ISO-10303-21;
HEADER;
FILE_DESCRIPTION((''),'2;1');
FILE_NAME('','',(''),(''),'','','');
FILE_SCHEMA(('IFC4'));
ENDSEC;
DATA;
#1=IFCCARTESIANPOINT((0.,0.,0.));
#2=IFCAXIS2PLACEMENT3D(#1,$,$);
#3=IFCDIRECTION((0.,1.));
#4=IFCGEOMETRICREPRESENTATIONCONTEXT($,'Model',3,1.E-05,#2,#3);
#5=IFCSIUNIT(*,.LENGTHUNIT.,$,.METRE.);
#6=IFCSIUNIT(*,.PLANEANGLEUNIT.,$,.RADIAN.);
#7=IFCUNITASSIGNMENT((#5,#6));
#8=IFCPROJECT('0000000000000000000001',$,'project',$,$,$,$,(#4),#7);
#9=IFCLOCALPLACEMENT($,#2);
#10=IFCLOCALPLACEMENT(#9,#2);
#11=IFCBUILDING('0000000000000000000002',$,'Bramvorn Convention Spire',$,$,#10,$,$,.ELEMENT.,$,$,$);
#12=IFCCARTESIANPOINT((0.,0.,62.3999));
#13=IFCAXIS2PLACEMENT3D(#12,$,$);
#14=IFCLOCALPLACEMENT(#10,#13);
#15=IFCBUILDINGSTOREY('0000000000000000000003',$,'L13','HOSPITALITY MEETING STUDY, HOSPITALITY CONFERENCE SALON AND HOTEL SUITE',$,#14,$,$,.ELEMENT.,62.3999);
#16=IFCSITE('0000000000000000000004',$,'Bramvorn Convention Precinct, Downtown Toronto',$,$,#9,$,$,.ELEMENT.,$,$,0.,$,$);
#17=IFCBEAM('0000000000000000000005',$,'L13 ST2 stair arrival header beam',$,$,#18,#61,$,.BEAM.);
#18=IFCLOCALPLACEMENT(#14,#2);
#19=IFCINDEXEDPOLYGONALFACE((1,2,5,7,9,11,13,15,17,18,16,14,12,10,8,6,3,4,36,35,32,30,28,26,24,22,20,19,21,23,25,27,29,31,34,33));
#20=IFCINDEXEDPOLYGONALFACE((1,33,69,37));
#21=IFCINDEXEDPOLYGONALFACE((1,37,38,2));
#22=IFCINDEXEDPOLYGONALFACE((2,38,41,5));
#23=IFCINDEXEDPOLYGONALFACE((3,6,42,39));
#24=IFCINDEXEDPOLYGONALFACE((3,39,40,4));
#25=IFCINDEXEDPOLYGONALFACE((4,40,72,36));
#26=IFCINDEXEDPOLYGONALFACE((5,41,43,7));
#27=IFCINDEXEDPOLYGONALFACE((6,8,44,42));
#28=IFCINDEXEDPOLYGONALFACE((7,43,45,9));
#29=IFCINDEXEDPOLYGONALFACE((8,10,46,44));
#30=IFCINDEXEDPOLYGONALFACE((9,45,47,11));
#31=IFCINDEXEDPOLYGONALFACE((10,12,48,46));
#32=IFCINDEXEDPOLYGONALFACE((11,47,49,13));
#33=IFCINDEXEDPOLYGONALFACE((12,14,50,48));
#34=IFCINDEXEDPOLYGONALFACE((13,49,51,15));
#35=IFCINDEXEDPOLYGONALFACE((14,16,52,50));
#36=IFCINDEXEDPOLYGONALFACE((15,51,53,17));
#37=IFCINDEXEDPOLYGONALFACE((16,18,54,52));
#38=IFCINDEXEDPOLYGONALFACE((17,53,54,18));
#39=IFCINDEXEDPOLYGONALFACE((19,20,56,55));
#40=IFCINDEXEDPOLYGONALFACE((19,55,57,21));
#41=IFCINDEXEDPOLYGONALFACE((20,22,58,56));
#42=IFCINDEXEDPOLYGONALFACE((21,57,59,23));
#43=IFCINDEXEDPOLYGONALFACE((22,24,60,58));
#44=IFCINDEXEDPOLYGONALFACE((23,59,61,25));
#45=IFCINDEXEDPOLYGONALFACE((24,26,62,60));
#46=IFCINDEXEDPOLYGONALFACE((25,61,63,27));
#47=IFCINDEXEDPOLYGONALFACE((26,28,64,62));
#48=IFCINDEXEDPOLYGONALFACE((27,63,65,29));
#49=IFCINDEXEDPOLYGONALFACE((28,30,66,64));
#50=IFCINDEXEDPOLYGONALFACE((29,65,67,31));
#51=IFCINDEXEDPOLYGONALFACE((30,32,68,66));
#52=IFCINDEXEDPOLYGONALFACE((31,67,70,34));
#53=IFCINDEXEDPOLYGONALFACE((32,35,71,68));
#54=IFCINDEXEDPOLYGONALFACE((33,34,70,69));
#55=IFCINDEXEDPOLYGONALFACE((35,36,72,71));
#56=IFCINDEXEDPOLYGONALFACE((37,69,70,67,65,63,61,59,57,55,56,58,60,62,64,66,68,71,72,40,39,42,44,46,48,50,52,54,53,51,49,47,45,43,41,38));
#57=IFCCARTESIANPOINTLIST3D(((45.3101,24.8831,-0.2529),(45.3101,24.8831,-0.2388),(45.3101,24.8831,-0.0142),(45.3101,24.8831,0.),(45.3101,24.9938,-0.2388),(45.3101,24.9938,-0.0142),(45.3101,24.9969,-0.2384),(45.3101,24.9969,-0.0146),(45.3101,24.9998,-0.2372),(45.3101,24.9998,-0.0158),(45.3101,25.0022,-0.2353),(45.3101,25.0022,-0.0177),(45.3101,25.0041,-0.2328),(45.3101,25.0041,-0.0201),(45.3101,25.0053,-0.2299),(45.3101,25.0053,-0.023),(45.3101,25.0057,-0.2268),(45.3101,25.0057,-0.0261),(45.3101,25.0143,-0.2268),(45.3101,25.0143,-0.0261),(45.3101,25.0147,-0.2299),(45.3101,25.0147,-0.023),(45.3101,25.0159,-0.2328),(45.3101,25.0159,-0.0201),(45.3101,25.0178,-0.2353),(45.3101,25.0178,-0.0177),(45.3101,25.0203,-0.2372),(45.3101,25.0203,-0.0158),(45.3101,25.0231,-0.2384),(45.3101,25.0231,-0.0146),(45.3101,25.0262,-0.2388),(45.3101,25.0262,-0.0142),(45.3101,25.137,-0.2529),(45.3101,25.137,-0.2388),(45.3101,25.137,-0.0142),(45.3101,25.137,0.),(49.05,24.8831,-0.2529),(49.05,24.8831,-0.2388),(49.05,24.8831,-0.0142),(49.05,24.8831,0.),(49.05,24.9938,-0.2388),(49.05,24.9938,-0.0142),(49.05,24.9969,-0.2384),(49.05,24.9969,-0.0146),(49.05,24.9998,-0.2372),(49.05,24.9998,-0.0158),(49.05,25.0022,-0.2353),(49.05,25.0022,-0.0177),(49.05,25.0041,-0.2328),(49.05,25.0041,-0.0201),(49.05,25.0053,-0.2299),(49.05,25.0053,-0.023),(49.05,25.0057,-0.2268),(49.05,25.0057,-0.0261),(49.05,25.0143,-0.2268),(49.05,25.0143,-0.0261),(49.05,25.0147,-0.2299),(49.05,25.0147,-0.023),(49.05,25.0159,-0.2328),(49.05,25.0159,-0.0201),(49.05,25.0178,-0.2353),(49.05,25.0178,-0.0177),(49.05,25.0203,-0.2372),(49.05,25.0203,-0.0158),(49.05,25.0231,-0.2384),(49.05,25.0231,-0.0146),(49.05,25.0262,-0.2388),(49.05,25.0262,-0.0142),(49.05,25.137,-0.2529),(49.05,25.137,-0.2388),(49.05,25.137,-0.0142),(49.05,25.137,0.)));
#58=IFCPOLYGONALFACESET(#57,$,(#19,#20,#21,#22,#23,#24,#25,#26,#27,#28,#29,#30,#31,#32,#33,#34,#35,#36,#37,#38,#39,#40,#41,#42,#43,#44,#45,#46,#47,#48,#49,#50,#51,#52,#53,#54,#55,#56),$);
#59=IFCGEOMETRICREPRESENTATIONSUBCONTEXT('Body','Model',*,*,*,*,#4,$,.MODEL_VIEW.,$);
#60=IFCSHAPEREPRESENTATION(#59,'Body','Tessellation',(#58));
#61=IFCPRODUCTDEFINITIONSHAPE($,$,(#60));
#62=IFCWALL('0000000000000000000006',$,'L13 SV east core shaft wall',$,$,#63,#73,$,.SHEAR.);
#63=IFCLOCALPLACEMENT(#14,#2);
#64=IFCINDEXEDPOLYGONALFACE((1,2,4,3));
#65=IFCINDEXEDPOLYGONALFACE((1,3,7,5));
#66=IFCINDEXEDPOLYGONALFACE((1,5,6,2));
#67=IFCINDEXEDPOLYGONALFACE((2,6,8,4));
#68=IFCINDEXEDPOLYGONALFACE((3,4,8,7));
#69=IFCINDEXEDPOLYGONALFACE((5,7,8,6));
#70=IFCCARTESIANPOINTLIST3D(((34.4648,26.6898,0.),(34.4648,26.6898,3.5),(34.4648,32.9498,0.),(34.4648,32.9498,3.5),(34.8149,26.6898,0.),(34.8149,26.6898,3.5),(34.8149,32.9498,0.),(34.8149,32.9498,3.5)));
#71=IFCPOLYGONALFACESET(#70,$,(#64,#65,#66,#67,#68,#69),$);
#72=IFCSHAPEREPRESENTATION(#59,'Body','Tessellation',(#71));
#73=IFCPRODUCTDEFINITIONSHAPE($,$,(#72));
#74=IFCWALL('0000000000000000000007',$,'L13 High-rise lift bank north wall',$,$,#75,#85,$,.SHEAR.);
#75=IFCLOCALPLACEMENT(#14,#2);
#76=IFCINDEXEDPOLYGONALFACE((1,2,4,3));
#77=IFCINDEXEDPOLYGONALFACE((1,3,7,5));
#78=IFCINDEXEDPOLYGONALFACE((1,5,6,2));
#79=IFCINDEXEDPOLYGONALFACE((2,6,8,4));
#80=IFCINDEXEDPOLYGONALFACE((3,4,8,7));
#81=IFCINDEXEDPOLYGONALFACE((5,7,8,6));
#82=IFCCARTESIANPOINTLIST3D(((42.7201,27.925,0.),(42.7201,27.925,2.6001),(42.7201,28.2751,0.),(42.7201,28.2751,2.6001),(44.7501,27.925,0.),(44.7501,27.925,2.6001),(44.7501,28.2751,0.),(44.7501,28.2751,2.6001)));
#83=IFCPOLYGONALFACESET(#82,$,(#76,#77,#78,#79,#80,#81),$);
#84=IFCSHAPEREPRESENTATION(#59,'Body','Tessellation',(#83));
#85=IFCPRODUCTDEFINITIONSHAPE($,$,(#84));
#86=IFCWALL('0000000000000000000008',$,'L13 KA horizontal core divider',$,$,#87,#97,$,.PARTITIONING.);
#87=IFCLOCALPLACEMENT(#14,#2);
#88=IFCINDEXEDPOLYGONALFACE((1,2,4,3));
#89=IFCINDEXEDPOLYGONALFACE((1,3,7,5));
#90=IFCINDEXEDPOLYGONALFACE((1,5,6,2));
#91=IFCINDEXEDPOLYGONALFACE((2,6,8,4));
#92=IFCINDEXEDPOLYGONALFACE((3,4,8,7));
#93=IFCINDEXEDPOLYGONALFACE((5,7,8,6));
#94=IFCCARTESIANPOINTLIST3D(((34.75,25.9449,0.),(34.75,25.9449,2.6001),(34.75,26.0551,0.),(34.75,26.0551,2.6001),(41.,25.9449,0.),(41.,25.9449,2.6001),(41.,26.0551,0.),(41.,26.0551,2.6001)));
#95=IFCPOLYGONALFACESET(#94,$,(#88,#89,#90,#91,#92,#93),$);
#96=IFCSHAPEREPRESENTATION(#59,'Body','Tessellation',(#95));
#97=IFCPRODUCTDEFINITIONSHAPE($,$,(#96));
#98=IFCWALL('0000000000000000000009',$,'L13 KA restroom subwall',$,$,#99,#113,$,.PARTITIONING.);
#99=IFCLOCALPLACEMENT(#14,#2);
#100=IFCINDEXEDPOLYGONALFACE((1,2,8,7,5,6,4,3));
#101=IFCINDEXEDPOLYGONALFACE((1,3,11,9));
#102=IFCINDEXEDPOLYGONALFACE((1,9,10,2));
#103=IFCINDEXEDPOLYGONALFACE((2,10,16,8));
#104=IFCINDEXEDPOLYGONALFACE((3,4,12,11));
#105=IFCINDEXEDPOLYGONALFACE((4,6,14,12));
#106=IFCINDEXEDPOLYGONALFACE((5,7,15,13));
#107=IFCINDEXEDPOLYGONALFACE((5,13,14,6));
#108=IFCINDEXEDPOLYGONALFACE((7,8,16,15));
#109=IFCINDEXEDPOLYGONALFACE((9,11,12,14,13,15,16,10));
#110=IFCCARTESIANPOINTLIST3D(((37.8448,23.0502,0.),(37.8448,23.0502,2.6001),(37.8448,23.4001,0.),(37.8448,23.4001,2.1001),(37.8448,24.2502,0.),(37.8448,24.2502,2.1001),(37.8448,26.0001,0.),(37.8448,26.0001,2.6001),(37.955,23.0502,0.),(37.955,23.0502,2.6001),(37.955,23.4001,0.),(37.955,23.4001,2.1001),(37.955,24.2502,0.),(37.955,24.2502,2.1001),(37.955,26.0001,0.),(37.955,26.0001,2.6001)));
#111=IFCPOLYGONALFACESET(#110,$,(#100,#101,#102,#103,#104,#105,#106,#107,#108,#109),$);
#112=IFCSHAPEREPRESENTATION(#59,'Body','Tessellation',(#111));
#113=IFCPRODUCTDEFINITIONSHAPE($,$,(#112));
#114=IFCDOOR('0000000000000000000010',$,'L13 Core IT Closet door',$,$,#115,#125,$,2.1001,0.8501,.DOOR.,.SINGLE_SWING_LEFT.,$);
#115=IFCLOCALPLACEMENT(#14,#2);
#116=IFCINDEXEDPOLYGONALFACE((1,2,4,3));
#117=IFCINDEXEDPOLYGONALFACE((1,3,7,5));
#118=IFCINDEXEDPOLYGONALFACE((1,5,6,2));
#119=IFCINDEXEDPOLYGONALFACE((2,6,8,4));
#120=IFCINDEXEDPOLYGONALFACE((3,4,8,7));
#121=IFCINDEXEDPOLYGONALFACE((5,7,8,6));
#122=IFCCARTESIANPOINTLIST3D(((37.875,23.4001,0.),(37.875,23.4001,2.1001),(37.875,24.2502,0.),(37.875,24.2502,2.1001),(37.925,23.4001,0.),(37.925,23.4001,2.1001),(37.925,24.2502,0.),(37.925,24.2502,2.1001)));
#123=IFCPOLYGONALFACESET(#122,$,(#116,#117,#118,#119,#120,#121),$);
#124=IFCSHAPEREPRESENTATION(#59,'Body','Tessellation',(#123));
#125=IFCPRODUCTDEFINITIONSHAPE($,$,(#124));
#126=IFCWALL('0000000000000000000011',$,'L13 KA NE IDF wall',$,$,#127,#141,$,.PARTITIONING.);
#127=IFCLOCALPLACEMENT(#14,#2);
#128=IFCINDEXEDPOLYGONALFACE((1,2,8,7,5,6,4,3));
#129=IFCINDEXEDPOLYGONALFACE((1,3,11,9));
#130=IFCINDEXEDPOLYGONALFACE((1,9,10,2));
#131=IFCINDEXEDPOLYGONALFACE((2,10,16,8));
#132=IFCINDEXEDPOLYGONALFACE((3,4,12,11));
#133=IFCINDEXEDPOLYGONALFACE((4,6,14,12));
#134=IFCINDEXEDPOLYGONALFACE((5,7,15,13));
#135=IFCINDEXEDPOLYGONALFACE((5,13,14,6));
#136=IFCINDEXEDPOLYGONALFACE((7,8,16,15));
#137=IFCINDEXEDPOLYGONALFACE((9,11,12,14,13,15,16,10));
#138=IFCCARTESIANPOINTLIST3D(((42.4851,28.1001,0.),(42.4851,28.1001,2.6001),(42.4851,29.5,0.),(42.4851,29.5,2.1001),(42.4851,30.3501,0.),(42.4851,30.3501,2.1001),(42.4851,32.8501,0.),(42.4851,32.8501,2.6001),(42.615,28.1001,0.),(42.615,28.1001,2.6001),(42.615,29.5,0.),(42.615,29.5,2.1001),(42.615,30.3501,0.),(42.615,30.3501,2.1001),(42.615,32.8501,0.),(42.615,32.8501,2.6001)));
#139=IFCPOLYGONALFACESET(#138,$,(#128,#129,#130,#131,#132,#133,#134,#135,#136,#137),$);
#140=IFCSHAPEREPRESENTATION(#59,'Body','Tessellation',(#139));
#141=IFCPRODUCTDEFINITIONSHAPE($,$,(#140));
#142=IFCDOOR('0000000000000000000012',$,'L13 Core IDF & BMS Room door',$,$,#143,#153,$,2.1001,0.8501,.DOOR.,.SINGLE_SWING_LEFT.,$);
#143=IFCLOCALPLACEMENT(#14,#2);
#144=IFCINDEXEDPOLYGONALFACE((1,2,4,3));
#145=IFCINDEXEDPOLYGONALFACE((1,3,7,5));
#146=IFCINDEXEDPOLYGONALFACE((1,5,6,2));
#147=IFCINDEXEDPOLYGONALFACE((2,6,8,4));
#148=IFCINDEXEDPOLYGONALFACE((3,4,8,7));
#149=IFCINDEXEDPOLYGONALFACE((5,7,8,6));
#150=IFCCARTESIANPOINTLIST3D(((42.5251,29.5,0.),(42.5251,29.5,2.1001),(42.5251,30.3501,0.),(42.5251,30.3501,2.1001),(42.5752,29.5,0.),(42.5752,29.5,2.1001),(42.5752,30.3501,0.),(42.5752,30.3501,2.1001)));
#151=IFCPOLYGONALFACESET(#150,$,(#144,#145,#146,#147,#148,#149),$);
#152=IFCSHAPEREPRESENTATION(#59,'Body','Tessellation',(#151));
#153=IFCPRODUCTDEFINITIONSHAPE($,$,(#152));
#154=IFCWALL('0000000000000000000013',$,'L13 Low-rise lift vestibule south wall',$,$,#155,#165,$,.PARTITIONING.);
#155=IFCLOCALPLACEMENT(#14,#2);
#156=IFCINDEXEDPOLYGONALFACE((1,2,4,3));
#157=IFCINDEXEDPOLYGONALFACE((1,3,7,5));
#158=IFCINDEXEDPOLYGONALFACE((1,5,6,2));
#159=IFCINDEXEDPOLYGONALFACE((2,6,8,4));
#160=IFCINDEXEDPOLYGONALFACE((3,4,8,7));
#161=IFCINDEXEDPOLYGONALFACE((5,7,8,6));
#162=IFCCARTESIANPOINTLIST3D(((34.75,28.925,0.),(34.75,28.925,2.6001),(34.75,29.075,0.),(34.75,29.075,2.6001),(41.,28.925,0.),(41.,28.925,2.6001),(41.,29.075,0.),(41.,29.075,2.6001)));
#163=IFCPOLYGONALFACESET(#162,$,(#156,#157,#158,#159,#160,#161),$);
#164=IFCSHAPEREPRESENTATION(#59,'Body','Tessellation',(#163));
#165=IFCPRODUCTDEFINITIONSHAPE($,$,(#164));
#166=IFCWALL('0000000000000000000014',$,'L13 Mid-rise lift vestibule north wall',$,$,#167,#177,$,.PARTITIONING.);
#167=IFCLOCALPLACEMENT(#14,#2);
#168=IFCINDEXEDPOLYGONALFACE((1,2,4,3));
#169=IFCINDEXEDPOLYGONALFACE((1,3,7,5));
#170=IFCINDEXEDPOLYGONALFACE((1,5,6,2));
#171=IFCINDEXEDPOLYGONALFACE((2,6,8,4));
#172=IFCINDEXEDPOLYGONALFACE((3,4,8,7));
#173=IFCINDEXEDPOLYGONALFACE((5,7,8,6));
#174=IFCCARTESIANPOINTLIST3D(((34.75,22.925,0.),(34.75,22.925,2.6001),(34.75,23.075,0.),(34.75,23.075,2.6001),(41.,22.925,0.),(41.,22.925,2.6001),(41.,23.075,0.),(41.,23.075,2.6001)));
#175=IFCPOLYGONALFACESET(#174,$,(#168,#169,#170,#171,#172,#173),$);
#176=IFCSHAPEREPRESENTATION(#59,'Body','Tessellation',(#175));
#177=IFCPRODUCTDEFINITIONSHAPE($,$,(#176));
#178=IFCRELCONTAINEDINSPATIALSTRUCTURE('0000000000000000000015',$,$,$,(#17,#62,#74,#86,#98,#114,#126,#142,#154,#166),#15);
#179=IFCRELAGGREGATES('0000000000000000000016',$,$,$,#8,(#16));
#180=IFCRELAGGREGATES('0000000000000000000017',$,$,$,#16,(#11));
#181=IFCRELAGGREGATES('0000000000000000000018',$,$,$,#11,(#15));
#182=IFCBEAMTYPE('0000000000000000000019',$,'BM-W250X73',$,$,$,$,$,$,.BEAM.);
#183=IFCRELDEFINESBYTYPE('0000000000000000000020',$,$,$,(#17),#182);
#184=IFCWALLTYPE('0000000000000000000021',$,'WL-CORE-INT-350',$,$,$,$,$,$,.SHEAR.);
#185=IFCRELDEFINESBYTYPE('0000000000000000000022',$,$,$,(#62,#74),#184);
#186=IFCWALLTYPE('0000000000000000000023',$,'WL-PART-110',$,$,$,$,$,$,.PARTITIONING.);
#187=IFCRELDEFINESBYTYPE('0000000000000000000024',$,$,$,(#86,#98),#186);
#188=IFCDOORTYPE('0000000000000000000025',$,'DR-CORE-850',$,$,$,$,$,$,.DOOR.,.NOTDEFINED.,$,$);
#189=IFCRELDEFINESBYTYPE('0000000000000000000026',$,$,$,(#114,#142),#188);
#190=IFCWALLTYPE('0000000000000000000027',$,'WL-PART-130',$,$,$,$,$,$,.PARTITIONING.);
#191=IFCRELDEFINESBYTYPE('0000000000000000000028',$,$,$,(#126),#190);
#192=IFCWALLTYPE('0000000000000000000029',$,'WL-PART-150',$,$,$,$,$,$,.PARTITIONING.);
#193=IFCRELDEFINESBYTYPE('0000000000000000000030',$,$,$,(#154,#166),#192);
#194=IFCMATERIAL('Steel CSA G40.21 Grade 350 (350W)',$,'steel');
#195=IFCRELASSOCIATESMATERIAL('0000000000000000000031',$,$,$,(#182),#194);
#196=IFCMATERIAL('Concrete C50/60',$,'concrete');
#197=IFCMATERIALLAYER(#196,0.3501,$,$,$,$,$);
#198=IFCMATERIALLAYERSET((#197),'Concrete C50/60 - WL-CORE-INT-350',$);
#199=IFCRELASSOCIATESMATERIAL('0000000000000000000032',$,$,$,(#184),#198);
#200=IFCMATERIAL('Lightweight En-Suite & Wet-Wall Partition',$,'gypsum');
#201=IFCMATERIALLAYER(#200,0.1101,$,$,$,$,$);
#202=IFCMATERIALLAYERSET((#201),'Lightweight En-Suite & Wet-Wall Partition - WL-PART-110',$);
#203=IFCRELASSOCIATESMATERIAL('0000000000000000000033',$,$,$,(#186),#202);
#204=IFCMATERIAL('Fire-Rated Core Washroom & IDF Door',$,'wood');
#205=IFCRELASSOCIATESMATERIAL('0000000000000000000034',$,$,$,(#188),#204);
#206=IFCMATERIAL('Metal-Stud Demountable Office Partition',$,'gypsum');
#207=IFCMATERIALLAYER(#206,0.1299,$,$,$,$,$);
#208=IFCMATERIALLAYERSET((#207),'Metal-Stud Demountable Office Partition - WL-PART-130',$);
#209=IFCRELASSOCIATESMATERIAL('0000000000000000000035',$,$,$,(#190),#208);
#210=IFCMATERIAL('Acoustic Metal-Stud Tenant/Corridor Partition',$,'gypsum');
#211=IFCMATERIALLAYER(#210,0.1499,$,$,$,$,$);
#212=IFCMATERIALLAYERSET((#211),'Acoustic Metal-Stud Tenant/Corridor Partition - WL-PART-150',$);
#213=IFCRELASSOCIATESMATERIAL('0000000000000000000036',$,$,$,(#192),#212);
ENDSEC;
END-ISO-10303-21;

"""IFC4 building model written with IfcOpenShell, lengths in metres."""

from ifc_helpers import new_model, si_unit, direction, frame, frame_2d, origin, origin_2d, place, context, subcontext, project, spatial, rectangle, i_section, extrude, material, layer, layer_set, material_profile, profile_set, type_object, element, fill, save


model = new_model("IFC4")

# Units and contexts
model_context = context("Model", 3, precision=1e-05, world=origin(), true_north=direction((0.0, 1.0)))
body_context = subcontext(model_context, "Body", "Model", "MODEL_VIEW")
ifc_project = project(units=[si_unit("LENGTHUNIT", "METRE"), si_unit("PLANEANGLEUNIT", "RADIAN")], contexts=[model_context])

# Site, building, storey
site_placement = place(None, origin())
site = spatial("IfcSite", under=ifc_project, at=site_placement, Name="Bramvorn Convention Precinct, Downtown Toronto", CompositionType="ELEMENT", RefElevation=0.0)
building_placement = place(site_placement, origin())
building = spatial("IfcBuilding", under=site, at=building_placement, Name="Bramvorn Convention Spire", CompositionType="ELEMENT")
storey_placement = place(building_placement, frame((0.0, 0.0, 62.3999)))
storey = spatial("IfcBuildingStorey", under=building, at=storey_placement, Name="L13", Description="HOSPITALITY MEETING STUDY, HOSPITALITY CONFERENCE SALON AND HOTEL SUITE", CompositionType="ELEMENT", Elevation=62.3999)

# Beam
ifc_material_1 = material(Name="Steel CSA G40.21 Grade 350 (350W)", Category="steel")
ifc_material_profile = material_profile(ifc_material_1, i_section(OverallWidth=0.2539, OverallDepth=0.2529, WebThickness=0.0085, FlangeThickness=0.0142, FilletRadius=0.012, at=origin_2d()))
ifc_profile_set = profile_set([ifc_material_profile], Name="Steel CSA G40.21 Grade 350 (350W) - W250X73")
beam_type = type_object("IfcBeamType", Name="BM-W250X73", PredefinedType="BEAM", material=ifc_profile_set)
beam_placement = place(storey_placement, frame((45.3101, 25.01, -0.1265), z_axis=(1.0, 0.0, 0.0), x_axis=(0.0, 1.0, 0.0)))
element("IfcBeam", 1, at=beam_placement, inside=storey, type_object=beam_type, Name="L13 ST2 stair arrival header beam", PredefinedType="BEAM", context=body_context, shape_type="SweptSolid", body=[
    extrude(i_section(OverallWidth=0.2539, OverallDepth=0.2529, WebThickness=0.0085, FlangeThickness=0.0142, FilletRadius=0.012, at=origin_2d()), origin(), (0.0, 0.0, 1.0), 3.74),
])

# Walls
ifc_material_2 = material(Name="Concrete C50/60", Category="concrete")
ifc_layer_1 = layer(ifc_material_2, 0.3501)
ifc_layer_set_1 = layer_set([ifc_layer_1], Name="Concrete C50/60 - WL-CORE-INT-350")
wall_type_1 = type_object("IfcWallType", Name="WL-CORE-INT-350", PredefinedType="SHEAR", material=ifc_layer_set_1)
wall_1_placement = place(storey_placement, frame((34.6399, 26.6899, 0.0), z_axis=(0.0, 0.0, 1.0), x_axis=(0.0, 1.0, 0.0)))
element("IfcWall", 2, at=wall_1_placement, inside=storey, type_object=wall_type_1, Name="L13 SV east core shaft wall", PredefinedType="SHEAR", context=body_context, shape_type="SweptSolid", body=[
    extrude(rectangle(XDim=6.26, YDim=0.3501, at=frame_2d((3.1299, 0.0))), origin(), (0.0, 0.0, 1.0), 3.5),
])
wall_2_placement = place(storey_placement, frame((42.72, 28.1001, 0.0), z_axis=(0.0, 0.0, 1.0), x_axis=(1.0, 0.0, 0.0)))
element("IfcWall", 3, at=wall_2_placement, inside=storey, type_object=wall_type_1, Name="L13 High-rise lift bank north wall", PredefinedType="SHEAR", context=body_context, shape_type="SweptSolid", body=[
    extrude(rectangle(XDim=2.03, YDim=0.3501, at=frame_2d((1.0151, 0.0))), origin(), (0.0, 0.0, 1.0), 2.6001),
])
ifc_material_3 = material(Name="Lightweight En-Suite & Wet-Wall Partition", Category="gypsum")
ifc_layer_2 = layer(ifc_material_3, 0.1101)
ifc_layer_set_2 = layer_set([ifc_layer_2], Name="Lightweight En-Suite & Wet-Wall Partition - WL-PART-110")
wall_type_2 = type_object("IfcWallType", Name="WL-PART-110", PredefinedType="PARTITIONING", material=ifc_layer_set_2)
wall_3_placement = place(storey_placement, frame((34.75, 26.0, 0.0), z_axis=(0.0, 0.0, 1.0), x_axis=(1.0, 0.0, 0.0)))
element("IfcWall", 4, at=wall_3_placement, inside=storey, type_object=wall_type_2, Name="L13 KA horizontal core divider", PredefinedType="PARTITIONING", context=body_context, shape_type="SweptSolid", body=[
    extrude(rectangle(XDim=6.25, YDim=0.1101, at=frame_2d((3.125, 0.0))), origin(), (0.0, 0.0, 1.0), 2.6001),
])

# Walls, openings, doors
wall_4_placement = place(storey_placement, frame((37.8999, 23.05, 0.0), z_axis=(0.0, 0.0, 1.0), x_axis=(0.0, 1.0, 0.0)))
wall_4 = element("IfcWall", 5, at=wall_4_placement, inside=storey, type_object=wall_type_2, Name="L13 KA restroom subwall", PredefinedType="PARTITIONING", context=body_context, shape_type="SweptSolid", body=[
    extrude(rectangle(XDim=2.95, YDim=0.1101, at=frame_2d((1.4751, 0.0))), origin(), (0.0, 0.0, 1.0), 2.6001),
])
opening_1_placement = place(wall_4_placement, frame((0.3501, 0.0, 0.0)))
opening_1 = element("IfcOpeningElement", 6, at=opening_1_placement, cuts=wall_4, PredefinedType="OPENING", context=body_context, shape_type="SweptSolid", body=[
    extrude(rectangle(XDim=0.8501, YDim=2.1001, at=frame_2d((0.425, 1.05))), frame((0.0, 0.0649, 0.0), z_axis=(0.0, -1.0, 0.0), x_axis=(1.0, 0.0, 0.0)), (0.0, 0.0, 1.0), 0.1301),
])
ifc_material_4 = material(Name="Fire-Rated Core Washroom & IDF Door", Category="wood")
door_type_1 = type_object("IfcDoorType", Name="DR-CORE-850", OperationType="NOTDEFINED", PredefinedType="DOOR", material=ifc_material_4)
door_1_placement = place(opening_1_placement, origin())
door_1 = element("IfcDoor", 7, at=door_1_placement, inside=storey, type_object=door_type_1, Name="L13 Core IT Closet door", OperationType="SINGLE_SWING_LEFT", OverallHeight=2.1001, OverallWidth=0.8501, PredefinedType="DOOR", context=body_context, shape_type="SweptSolid", body=[
    extrude(rectangle(XDim=0.8501, YDim=2.1001, at=frame_2d((0.425, 1.05))), frame((0.0, 0.0249, 0.0), z_axis=(0.0, -1.0, 0.0), x_axis=(1.0, 0.0, 0.0)), (0.0, 0.0, 1.0), 0.05),
])
fill(opening_1, door_1)
ifc_material_5 = material(Name="Metal-Stud Demountable Office Partition", Category="gypsum")
ifc_layer_3 = layer(ifc_material_5, 0.1299)
ifc_layer_set_3 = layer_set([ifc_layer_3], Name="Metal-Stud Demountable Office Partition - WL-PART-130")
wall_type_3 = type_object("IfcWallType", Name="WL-PART-130", PredefinedType="PARTITIONING", material=ifc_layer_set_3)
wall_5_placement = place(storey_placement, frame((42.55, 28.1001, 0.0), z_axis=(0.0, 0.0, 1.0), x_axis=(0.0, 1.0, 0.0)))
wall_5 = element("IfcWall", 8, at=wall_5_placement, inside=storey, type_object=wall_type_3, Name="L13 KA NE IDF wall", PredefinedType="PARTITIONING", context=body_context, shape_type="SweptSolid", body=[
    extrude(rectangle(XDim=4.75, YDim=0.1299, at=frame_2d((2.375, 0.0))), origin(), (0.0, 0.0, 1.0), 2.6001),
])
opening_2_placement = place(wall_5_placement, frame((1.3999, 0.0, 0.0)))
opening_2 = element("IfcOpeningElement", 9, at=opening_2_placement, cuts=wall_5, PredefinedType="OPENING", context=body_context, shape_type="SweptSolid", body=[
    extrude(rectangle(XDim=0.8501, YDim=2.1001, at=frame_2d((0.425, 1.05))), frame((0.0, 0.075, 0.0), z_axis=(0.0, -1.0, 0.0), x_axis=(1.0, 0.0, 0.0)), (0.0, 0.0, 1.0), 0.1499),
])
door_2_placement = place(opening_2_placement, origin())
door_2 = element("IfcDoor", 10, at=door_2_placement, inside=storey, type_object=door_type_1, Name="L13 Core IDF & BMS Room door", OperationType="SINGLE_SWING_LEFT", OverallHeight=2.1001, OverallWidth=0.8501, PredefinedType="DOOR", context=body_context, shape_type="SweptSolid", body=[
    extrude(rectangle(XDim=0.8501, YDim=2.1001, at=frame_2d((0.425, 1.05))), frame((0.0, 0.0249, 0.0), z_axis=(0.0, -1.0, 0.0), x_axis=(1.0, 0.0, 0.0)), (0.0, 0.0, 1.0), 0.05),
])
fill(opening_2, door_2)

# Walls
ifc_material_6 = material(Name="Acoustic Metal-Stud Tenant/Corridor Partition", Category="gypsum")
ifc_layer_4 = layer(ifc_material_6, 0.1499)
ifc_layer_set_4 = layer_set([ifc_layer_4], Name="Acoustic Metal-Stud Tenant/Corridor Partition - WL-PART-150")
wall_type_4 = type_object("IfcWallType", Name="WL-PART-150", PredefinedType="PARTITIONING", material=ifc_layer_set_4)
for number, where, z_axis, x_axis, name in (
    (11, (34.75, 29.0, 0.0), (0.0, 0.0, 1.0), (1.0, 0.0, 0.0), "L13 Low-rise lift vestibule south wall"),
    (12, (34.75, 23.0, 0.0), (0.0, 0.0, 1.0), (1.0, 0.0, 0.0), "L13 Mid-rise lift vestibule north wall"),
):
    element("IfcWall", number, at=place(storey_placement, frame(where, z_axis=z_axis, x_axis=x_axis)), inside=storey, type_object=wall_type_4, Name=name, PredefinedType="PARTITIONING", context=body_context, shape_type="SweptSolid", body=[
        extrude(rectangle(XDim=6.25, YDim=0.1499, at=frame_2d((3.125, 0.0))), origin(), (0.0, 0.0, 1.0), 2.6001),
    ])

save(model, "model.ifc")
